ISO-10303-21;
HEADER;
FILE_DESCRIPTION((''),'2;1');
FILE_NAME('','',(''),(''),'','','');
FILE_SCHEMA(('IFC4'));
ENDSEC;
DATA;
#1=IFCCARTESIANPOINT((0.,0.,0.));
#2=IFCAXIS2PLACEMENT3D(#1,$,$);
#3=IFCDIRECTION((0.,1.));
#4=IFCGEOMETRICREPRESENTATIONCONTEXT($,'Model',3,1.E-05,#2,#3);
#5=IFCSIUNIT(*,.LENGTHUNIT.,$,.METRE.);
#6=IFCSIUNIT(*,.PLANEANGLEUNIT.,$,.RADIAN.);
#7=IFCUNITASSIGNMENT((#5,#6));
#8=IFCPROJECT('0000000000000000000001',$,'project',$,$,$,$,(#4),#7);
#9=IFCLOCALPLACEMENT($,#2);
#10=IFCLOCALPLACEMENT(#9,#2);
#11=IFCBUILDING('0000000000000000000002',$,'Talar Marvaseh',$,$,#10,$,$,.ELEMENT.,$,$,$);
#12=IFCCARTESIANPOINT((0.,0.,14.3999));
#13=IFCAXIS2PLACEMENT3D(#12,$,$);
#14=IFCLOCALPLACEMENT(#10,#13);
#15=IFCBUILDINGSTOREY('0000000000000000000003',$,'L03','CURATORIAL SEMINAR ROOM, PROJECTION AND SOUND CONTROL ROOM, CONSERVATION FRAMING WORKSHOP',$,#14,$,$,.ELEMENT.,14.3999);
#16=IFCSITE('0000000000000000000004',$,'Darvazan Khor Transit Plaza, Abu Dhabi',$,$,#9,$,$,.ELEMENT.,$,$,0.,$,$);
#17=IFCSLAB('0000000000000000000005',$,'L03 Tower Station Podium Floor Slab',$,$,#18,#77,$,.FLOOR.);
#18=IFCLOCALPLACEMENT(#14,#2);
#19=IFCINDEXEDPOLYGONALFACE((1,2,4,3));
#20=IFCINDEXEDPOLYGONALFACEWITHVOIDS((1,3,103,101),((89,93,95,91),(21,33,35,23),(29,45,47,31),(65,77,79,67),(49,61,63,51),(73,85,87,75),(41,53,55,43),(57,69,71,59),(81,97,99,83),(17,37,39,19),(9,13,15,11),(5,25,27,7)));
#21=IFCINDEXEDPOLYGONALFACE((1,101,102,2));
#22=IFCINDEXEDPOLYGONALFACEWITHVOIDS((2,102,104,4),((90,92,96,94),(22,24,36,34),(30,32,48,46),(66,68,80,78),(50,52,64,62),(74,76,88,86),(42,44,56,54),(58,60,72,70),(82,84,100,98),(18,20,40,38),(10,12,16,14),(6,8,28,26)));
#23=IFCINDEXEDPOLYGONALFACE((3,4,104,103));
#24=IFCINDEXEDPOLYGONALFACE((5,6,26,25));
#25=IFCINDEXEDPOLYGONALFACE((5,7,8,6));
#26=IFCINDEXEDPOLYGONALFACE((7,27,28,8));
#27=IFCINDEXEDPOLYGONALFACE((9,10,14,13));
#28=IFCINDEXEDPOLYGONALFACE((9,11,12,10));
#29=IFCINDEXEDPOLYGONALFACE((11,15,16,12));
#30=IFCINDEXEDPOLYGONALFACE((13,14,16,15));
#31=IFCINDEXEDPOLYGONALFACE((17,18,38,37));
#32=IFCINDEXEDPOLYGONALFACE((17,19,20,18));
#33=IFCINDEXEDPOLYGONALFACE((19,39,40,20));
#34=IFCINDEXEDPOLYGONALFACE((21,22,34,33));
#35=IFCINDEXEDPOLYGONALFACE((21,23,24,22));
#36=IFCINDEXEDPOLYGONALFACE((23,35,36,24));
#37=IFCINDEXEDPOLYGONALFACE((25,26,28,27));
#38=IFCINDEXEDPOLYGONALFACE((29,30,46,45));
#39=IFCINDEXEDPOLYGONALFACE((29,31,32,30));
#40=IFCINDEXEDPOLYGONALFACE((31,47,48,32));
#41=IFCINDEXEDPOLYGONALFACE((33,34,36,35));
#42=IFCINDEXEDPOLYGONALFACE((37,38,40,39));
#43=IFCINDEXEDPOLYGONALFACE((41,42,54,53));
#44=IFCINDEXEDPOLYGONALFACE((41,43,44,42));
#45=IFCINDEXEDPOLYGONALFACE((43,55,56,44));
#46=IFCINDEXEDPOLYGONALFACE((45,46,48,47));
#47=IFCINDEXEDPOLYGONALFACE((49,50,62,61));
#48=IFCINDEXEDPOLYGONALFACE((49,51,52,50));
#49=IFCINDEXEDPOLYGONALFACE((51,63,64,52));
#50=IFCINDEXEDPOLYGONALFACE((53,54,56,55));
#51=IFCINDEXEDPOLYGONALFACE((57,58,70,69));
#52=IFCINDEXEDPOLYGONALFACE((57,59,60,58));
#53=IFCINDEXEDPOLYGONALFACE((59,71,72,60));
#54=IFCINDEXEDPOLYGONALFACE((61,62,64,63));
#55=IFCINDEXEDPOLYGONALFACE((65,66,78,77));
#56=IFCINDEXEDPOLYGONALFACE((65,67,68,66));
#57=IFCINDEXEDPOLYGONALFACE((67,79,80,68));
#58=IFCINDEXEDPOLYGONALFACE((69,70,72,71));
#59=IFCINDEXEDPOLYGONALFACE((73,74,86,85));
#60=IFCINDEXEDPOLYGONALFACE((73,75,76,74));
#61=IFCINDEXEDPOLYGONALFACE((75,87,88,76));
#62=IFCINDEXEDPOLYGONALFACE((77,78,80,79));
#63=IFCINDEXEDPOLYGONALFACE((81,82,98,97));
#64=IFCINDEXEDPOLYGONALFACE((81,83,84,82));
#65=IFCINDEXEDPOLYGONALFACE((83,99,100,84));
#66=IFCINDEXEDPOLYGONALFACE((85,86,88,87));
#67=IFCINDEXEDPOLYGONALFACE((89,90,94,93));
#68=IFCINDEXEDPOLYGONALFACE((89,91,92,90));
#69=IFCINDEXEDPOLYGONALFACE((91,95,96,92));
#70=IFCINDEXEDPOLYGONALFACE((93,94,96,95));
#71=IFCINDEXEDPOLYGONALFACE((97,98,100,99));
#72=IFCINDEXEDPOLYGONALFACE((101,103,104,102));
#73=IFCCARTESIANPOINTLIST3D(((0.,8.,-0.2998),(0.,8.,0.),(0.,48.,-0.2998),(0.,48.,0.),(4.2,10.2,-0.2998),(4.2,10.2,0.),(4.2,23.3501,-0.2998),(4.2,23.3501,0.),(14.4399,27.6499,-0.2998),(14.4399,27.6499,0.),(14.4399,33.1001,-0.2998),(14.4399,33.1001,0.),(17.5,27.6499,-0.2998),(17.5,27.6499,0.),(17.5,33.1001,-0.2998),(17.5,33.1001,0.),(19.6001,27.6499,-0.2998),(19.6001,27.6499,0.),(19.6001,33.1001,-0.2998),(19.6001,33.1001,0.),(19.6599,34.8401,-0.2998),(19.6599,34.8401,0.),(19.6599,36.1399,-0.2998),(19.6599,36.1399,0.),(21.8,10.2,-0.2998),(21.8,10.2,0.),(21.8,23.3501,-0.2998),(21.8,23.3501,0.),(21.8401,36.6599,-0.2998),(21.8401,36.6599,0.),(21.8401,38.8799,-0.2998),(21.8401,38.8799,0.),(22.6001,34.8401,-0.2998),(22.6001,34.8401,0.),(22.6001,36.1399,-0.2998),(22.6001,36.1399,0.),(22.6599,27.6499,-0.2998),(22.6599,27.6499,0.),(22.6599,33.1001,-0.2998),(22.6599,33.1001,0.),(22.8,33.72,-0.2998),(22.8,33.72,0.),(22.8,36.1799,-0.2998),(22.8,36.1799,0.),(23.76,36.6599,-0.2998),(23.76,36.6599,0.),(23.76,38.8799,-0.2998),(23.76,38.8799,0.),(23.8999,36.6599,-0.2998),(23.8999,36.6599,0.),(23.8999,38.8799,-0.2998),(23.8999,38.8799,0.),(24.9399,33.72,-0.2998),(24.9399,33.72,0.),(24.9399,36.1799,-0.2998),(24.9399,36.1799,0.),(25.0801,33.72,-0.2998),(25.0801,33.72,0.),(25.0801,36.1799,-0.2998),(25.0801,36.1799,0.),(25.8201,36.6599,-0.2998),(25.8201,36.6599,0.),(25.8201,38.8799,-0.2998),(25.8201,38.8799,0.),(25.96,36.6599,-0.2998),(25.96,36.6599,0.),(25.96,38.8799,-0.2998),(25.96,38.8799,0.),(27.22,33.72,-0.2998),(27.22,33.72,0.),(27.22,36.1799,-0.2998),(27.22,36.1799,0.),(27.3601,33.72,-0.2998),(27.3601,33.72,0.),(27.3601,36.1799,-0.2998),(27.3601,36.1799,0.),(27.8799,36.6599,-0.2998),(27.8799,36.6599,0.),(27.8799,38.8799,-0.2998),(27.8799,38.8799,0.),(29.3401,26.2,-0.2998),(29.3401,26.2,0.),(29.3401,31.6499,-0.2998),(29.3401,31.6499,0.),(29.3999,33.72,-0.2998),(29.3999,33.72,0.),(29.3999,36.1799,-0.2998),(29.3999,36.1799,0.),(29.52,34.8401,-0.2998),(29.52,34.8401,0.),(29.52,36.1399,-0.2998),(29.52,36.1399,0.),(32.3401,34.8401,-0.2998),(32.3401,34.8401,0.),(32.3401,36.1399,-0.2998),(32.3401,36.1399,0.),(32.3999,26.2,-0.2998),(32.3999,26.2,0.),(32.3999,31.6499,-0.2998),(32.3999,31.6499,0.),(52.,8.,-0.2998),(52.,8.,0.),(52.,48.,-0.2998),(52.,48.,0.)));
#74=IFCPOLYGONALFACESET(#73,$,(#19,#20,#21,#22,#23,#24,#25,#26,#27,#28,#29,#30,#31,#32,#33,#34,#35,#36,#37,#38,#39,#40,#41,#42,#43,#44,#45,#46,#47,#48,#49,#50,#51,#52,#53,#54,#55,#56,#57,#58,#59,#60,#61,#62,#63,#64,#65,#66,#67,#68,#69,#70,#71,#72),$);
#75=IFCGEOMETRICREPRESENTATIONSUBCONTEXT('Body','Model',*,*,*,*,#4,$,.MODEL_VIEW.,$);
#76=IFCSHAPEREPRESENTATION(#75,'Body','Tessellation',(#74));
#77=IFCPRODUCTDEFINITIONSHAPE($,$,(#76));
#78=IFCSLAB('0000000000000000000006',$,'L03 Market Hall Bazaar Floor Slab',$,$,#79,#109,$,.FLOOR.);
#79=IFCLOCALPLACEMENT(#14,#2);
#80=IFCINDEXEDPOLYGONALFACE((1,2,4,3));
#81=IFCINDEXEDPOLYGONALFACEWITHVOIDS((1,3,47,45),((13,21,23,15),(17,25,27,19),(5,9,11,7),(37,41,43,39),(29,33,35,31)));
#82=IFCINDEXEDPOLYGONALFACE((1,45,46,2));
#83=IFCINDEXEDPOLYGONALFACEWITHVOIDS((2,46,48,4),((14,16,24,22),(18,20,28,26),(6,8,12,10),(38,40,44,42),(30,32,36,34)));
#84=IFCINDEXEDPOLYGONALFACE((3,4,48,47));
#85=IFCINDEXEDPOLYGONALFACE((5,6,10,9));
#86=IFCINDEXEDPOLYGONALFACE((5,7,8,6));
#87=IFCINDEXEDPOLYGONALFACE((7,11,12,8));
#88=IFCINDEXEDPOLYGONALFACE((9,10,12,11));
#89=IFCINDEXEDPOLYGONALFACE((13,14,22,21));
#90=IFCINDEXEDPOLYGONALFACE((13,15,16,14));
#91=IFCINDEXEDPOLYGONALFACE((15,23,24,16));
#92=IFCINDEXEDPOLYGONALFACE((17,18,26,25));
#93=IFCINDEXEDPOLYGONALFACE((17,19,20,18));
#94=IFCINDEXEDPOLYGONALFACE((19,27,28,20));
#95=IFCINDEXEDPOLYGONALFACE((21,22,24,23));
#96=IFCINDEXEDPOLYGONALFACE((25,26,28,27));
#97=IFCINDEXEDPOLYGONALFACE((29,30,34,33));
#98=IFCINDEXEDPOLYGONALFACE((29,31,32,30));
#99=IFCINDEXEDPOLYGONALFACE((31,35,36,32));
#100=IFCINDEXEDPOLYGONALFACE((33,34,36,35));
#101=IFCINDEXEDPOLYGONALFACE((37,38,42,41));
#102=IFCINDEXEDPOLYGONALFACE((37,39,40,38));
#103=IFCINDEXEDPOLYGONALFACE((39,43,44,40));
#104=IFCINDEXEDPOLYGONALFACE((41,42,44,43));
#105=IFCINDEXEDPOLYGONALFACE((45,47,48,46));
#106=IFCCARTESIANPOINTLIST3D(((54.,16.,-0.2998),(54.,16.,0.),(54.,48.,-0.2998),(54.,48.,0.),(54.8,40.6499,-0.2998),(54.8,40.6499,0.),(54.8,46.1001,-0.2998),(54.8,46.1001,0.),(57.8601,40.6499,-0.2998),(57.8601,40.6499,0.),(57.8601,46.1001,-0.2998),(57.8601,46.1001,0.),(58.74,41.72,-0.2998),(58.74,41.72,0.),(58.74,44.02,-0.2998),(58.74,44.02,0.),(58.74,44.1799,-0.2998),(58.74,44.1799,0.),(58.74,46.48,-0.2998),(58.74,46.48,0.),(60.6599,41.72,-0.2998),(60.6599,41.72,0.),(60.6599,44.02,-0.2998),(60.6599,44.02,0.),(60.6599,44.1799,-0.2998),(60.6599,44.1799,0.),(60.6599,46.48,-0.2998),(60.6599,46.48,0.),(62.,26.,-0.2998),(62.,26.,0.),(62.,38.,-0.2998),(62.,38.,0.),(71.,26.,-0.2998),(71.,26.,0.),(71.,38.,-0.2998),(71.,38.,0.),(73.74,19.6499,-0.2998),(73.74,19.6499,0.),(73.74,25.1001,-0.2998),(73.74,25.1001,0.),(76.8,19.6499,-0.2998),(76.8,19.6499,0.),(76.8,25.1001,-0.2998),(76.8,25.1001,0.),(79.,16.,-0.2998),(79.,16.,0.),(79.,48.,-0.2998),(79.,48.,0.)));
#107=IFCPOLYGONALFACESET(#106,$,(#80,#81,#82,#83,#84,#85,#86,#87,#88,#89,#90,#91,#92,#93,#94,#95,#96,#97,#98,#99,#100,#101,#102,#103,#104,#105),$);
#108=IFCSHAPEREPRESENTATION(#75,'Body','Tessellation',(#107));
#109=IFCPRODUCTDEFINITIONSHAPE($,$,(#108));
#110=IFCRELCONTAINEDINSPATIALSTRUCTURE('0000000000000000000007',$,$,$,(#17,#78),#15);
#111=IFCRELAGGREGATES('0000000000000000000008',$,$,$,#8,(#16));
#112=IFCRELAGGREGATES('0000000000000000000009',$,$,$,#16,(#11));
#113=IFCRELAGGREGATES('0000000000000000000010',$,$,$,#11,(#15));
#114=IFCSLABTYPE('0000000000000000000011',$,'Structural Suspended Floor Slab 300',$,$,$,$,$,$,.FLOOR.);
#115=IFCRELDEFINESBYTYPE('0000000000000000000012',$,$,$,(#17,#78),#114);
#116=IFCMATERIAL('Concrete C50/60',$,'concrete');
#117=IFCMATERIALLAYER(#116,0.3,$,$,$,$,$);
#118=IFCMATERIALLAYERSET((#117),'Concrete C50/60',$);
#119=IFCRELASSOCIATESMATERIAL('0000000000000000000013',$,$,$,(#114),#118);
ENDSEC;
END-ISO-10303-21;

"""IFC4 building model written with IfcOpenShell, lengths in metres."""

from ifc_helpers import new_model, si_unit, direction, frame, origin, place, context, subcontext, project, spatial, polyline, outline, extrude, material, layer, layer_set, type_object, element, save


model = new_model("IFC4")

# Units and contexts
model_context = context("Model", 3, precision=1e-05, world=origin(), true_north=direction((0.0, 1.0)))
body_context = subcontext(model_context, "Body", "Model", "MODEL_VIEW")
ifc_project = project(units=[si_unit("LENGTHUNIT", "METRE"), si_unit("PLANEANGLEUNIT", "RADIAN")], contexts=[model_context])

# Site, building, storey
site_placement = place(None, origin())
site = spatial("IfcSite", under=ifc_project, at=site_placement, Name="Darvazan Khor Transit Plaza, Abu Dhabi", CompositionType="ELEMENT", RefElevation=0.0)
building_placement = place(site_placement, origin())
building = spatial("IfcBuilding", under=site, at=building_placement, Name="Talar Marvaseh", CompositionType="ELEMENT")
storey_placement = place(building_placement, frame((0.0, 0.0, 14.3999)))
storey = spatial("IfcBuildingStorey", under=building, at=storey_placement, Name="L03", Description="CURATORIAL SEMINAR ROOM, PROJECTION AND SOUND CONTROL ROOM, CONSERVATION FRAMING WORKSHOP", CompositionType="ELEMENT", Elevation=14.3999)

# Slabs
ifc_material_1 = material(Name="Concrete C50/60", Category="concrete")
ifc_layer_1 = layer(ifc_material_1, 0.3)
ifc_layer_set_1 = layer_set([ifc_layer_1], Name="Concrete C50/60")
slab_type_1 = type_object("IfcSlabType", Name="Structural Suspended Floor Slab 300", PredefinedType="FLOOR", material=ifc_layer_set_1)
slab_1_placement = place(storey_placement, frame((0.0, 0.0, -0.2998)))
element("IfcSlab", 1, at=slab_1_placement, inside=storey, type_object=slab_type_1, Name="L03 Tower Station Podium Floor Slab", PredefinedType="FLOOR", context=body_context, shape_type="SweptSolid", body=[
    extrude(outline(polyline([(0.0, 8.0), (52.0, 8.0), (52.0, 48.0), (0.0, 48.0), (0.0, 8.0)]), holes=[polyline([(22.6599, 27.6499), (22.6599, 33.1001), (19.6001, 33.1001), (19.6001, 27.6499), (22.6599, 27.6499)]), polyline([(29.3401, 31.6499), (29.3401, 26.2), (32.3999, 26.2), (32.3999, 31.6499), (29.3401, 31.6499)]), polyline([(17.5, 27.6499), (17.5, 33.1001), (14.4399, 33.1001), (14.4399, 27.6499), (17.5, 27.6499)]), polyline([(22.8, 33.72), (24.9399, 33.72), (24.9399, 36.1799), (22.8, 36.1799), (22.8, 33.72)]), polyline([(25.0801, 33.72), (27.22, 33.72), (27.22, 36.1799), (25.0801, 36.1799), (25.0801, 33.72)]), polyline([(27.3601, 33.72), (29.3999, 33.72), (29.3999, 36.1799), (27.3601, 36.1799), (27.3601, 33.72)]), polyline([(21.8401, 36.6599), (23.76, 36.6599), (23.76, 38.8799), (21.8401, 38.8799), (21.8401, 36.6599)]), polyline([(23.8999, 36.6599), (25.8201, 36.6599), (25.8201, 38.8799), (23.8999, 38.8799), (23.8999, 36.6599)]), polyline([(25.96, 36.6599), (27.8799, 36.6599), (27.8799, 38.8799), (25.96, 38.8799), (25.96, 36.6599)]), polyline([(19.6599, 34.8401), (22.6001, 34.8401), (22.6001, 36.1399), (19.6599, 36.1399), (19.6599, 34.8401)]), polyline([(29.52, 34.8401), (32.3401, 34.8401), (32.3401, 36.1399), (29.52, 36.1399), (29.52, 34.8401)]), polyline([(4.2, 10.2), (21.8, 10.2), (21.8, 23.3501), (4.2, 23.3501), (4.2, 10.2)])]), origin(), (0.0, 0.0, 1.0), 0.2998),
])
slab_2_placement = place(storey_placement, frame((0.0, 0.0, -0.2998)))
element("IfcSlab", 2, at=slab_2_placement, inside=storey, type_object=slab_type_1, Name="L03 Market Hall Bazaar Floor Slab", PredefinedType="FLOOR", context=body_context, shape_type="SweptSolid", body=[
    extrude(outline(polyline([(54.0, 16.0), (79.0, 16.0), (79.0, 48.0), (54.0, 48.0), (54.0, 16.0)]), holes=[polyline([(57.8601, 40.6499), (57.8601, 46.1001), (54.8, 46.1001), (54.8, 40.6499), (57.8601, 40.6499)]), polyline([(76.8, 19.6499), (76.8, 25.1001), (73.74, 25.1001), (73.74, 19.6499), (76.8, 19.6499)]), polyline([(58.74, 44.1799), (60.6599, 44.1799), (60.6599, 46.48), (58.74, 46.48), (58.74, 44.1799)]), polyline([(58.74, 41.72), (60.6599, 41.72), (60.6599, 44.02), (58.74, 44.02), (58.74, 41.72)]), polyline([(62.0, 26.0), (71.0, 26.0), (71.0, 38.0), (62.0, 38.0), (62.0, 26.0)])]), origin(), (0.0, 0.0, 1.0), 0.2998),
])

save(model, "model.ifc")
